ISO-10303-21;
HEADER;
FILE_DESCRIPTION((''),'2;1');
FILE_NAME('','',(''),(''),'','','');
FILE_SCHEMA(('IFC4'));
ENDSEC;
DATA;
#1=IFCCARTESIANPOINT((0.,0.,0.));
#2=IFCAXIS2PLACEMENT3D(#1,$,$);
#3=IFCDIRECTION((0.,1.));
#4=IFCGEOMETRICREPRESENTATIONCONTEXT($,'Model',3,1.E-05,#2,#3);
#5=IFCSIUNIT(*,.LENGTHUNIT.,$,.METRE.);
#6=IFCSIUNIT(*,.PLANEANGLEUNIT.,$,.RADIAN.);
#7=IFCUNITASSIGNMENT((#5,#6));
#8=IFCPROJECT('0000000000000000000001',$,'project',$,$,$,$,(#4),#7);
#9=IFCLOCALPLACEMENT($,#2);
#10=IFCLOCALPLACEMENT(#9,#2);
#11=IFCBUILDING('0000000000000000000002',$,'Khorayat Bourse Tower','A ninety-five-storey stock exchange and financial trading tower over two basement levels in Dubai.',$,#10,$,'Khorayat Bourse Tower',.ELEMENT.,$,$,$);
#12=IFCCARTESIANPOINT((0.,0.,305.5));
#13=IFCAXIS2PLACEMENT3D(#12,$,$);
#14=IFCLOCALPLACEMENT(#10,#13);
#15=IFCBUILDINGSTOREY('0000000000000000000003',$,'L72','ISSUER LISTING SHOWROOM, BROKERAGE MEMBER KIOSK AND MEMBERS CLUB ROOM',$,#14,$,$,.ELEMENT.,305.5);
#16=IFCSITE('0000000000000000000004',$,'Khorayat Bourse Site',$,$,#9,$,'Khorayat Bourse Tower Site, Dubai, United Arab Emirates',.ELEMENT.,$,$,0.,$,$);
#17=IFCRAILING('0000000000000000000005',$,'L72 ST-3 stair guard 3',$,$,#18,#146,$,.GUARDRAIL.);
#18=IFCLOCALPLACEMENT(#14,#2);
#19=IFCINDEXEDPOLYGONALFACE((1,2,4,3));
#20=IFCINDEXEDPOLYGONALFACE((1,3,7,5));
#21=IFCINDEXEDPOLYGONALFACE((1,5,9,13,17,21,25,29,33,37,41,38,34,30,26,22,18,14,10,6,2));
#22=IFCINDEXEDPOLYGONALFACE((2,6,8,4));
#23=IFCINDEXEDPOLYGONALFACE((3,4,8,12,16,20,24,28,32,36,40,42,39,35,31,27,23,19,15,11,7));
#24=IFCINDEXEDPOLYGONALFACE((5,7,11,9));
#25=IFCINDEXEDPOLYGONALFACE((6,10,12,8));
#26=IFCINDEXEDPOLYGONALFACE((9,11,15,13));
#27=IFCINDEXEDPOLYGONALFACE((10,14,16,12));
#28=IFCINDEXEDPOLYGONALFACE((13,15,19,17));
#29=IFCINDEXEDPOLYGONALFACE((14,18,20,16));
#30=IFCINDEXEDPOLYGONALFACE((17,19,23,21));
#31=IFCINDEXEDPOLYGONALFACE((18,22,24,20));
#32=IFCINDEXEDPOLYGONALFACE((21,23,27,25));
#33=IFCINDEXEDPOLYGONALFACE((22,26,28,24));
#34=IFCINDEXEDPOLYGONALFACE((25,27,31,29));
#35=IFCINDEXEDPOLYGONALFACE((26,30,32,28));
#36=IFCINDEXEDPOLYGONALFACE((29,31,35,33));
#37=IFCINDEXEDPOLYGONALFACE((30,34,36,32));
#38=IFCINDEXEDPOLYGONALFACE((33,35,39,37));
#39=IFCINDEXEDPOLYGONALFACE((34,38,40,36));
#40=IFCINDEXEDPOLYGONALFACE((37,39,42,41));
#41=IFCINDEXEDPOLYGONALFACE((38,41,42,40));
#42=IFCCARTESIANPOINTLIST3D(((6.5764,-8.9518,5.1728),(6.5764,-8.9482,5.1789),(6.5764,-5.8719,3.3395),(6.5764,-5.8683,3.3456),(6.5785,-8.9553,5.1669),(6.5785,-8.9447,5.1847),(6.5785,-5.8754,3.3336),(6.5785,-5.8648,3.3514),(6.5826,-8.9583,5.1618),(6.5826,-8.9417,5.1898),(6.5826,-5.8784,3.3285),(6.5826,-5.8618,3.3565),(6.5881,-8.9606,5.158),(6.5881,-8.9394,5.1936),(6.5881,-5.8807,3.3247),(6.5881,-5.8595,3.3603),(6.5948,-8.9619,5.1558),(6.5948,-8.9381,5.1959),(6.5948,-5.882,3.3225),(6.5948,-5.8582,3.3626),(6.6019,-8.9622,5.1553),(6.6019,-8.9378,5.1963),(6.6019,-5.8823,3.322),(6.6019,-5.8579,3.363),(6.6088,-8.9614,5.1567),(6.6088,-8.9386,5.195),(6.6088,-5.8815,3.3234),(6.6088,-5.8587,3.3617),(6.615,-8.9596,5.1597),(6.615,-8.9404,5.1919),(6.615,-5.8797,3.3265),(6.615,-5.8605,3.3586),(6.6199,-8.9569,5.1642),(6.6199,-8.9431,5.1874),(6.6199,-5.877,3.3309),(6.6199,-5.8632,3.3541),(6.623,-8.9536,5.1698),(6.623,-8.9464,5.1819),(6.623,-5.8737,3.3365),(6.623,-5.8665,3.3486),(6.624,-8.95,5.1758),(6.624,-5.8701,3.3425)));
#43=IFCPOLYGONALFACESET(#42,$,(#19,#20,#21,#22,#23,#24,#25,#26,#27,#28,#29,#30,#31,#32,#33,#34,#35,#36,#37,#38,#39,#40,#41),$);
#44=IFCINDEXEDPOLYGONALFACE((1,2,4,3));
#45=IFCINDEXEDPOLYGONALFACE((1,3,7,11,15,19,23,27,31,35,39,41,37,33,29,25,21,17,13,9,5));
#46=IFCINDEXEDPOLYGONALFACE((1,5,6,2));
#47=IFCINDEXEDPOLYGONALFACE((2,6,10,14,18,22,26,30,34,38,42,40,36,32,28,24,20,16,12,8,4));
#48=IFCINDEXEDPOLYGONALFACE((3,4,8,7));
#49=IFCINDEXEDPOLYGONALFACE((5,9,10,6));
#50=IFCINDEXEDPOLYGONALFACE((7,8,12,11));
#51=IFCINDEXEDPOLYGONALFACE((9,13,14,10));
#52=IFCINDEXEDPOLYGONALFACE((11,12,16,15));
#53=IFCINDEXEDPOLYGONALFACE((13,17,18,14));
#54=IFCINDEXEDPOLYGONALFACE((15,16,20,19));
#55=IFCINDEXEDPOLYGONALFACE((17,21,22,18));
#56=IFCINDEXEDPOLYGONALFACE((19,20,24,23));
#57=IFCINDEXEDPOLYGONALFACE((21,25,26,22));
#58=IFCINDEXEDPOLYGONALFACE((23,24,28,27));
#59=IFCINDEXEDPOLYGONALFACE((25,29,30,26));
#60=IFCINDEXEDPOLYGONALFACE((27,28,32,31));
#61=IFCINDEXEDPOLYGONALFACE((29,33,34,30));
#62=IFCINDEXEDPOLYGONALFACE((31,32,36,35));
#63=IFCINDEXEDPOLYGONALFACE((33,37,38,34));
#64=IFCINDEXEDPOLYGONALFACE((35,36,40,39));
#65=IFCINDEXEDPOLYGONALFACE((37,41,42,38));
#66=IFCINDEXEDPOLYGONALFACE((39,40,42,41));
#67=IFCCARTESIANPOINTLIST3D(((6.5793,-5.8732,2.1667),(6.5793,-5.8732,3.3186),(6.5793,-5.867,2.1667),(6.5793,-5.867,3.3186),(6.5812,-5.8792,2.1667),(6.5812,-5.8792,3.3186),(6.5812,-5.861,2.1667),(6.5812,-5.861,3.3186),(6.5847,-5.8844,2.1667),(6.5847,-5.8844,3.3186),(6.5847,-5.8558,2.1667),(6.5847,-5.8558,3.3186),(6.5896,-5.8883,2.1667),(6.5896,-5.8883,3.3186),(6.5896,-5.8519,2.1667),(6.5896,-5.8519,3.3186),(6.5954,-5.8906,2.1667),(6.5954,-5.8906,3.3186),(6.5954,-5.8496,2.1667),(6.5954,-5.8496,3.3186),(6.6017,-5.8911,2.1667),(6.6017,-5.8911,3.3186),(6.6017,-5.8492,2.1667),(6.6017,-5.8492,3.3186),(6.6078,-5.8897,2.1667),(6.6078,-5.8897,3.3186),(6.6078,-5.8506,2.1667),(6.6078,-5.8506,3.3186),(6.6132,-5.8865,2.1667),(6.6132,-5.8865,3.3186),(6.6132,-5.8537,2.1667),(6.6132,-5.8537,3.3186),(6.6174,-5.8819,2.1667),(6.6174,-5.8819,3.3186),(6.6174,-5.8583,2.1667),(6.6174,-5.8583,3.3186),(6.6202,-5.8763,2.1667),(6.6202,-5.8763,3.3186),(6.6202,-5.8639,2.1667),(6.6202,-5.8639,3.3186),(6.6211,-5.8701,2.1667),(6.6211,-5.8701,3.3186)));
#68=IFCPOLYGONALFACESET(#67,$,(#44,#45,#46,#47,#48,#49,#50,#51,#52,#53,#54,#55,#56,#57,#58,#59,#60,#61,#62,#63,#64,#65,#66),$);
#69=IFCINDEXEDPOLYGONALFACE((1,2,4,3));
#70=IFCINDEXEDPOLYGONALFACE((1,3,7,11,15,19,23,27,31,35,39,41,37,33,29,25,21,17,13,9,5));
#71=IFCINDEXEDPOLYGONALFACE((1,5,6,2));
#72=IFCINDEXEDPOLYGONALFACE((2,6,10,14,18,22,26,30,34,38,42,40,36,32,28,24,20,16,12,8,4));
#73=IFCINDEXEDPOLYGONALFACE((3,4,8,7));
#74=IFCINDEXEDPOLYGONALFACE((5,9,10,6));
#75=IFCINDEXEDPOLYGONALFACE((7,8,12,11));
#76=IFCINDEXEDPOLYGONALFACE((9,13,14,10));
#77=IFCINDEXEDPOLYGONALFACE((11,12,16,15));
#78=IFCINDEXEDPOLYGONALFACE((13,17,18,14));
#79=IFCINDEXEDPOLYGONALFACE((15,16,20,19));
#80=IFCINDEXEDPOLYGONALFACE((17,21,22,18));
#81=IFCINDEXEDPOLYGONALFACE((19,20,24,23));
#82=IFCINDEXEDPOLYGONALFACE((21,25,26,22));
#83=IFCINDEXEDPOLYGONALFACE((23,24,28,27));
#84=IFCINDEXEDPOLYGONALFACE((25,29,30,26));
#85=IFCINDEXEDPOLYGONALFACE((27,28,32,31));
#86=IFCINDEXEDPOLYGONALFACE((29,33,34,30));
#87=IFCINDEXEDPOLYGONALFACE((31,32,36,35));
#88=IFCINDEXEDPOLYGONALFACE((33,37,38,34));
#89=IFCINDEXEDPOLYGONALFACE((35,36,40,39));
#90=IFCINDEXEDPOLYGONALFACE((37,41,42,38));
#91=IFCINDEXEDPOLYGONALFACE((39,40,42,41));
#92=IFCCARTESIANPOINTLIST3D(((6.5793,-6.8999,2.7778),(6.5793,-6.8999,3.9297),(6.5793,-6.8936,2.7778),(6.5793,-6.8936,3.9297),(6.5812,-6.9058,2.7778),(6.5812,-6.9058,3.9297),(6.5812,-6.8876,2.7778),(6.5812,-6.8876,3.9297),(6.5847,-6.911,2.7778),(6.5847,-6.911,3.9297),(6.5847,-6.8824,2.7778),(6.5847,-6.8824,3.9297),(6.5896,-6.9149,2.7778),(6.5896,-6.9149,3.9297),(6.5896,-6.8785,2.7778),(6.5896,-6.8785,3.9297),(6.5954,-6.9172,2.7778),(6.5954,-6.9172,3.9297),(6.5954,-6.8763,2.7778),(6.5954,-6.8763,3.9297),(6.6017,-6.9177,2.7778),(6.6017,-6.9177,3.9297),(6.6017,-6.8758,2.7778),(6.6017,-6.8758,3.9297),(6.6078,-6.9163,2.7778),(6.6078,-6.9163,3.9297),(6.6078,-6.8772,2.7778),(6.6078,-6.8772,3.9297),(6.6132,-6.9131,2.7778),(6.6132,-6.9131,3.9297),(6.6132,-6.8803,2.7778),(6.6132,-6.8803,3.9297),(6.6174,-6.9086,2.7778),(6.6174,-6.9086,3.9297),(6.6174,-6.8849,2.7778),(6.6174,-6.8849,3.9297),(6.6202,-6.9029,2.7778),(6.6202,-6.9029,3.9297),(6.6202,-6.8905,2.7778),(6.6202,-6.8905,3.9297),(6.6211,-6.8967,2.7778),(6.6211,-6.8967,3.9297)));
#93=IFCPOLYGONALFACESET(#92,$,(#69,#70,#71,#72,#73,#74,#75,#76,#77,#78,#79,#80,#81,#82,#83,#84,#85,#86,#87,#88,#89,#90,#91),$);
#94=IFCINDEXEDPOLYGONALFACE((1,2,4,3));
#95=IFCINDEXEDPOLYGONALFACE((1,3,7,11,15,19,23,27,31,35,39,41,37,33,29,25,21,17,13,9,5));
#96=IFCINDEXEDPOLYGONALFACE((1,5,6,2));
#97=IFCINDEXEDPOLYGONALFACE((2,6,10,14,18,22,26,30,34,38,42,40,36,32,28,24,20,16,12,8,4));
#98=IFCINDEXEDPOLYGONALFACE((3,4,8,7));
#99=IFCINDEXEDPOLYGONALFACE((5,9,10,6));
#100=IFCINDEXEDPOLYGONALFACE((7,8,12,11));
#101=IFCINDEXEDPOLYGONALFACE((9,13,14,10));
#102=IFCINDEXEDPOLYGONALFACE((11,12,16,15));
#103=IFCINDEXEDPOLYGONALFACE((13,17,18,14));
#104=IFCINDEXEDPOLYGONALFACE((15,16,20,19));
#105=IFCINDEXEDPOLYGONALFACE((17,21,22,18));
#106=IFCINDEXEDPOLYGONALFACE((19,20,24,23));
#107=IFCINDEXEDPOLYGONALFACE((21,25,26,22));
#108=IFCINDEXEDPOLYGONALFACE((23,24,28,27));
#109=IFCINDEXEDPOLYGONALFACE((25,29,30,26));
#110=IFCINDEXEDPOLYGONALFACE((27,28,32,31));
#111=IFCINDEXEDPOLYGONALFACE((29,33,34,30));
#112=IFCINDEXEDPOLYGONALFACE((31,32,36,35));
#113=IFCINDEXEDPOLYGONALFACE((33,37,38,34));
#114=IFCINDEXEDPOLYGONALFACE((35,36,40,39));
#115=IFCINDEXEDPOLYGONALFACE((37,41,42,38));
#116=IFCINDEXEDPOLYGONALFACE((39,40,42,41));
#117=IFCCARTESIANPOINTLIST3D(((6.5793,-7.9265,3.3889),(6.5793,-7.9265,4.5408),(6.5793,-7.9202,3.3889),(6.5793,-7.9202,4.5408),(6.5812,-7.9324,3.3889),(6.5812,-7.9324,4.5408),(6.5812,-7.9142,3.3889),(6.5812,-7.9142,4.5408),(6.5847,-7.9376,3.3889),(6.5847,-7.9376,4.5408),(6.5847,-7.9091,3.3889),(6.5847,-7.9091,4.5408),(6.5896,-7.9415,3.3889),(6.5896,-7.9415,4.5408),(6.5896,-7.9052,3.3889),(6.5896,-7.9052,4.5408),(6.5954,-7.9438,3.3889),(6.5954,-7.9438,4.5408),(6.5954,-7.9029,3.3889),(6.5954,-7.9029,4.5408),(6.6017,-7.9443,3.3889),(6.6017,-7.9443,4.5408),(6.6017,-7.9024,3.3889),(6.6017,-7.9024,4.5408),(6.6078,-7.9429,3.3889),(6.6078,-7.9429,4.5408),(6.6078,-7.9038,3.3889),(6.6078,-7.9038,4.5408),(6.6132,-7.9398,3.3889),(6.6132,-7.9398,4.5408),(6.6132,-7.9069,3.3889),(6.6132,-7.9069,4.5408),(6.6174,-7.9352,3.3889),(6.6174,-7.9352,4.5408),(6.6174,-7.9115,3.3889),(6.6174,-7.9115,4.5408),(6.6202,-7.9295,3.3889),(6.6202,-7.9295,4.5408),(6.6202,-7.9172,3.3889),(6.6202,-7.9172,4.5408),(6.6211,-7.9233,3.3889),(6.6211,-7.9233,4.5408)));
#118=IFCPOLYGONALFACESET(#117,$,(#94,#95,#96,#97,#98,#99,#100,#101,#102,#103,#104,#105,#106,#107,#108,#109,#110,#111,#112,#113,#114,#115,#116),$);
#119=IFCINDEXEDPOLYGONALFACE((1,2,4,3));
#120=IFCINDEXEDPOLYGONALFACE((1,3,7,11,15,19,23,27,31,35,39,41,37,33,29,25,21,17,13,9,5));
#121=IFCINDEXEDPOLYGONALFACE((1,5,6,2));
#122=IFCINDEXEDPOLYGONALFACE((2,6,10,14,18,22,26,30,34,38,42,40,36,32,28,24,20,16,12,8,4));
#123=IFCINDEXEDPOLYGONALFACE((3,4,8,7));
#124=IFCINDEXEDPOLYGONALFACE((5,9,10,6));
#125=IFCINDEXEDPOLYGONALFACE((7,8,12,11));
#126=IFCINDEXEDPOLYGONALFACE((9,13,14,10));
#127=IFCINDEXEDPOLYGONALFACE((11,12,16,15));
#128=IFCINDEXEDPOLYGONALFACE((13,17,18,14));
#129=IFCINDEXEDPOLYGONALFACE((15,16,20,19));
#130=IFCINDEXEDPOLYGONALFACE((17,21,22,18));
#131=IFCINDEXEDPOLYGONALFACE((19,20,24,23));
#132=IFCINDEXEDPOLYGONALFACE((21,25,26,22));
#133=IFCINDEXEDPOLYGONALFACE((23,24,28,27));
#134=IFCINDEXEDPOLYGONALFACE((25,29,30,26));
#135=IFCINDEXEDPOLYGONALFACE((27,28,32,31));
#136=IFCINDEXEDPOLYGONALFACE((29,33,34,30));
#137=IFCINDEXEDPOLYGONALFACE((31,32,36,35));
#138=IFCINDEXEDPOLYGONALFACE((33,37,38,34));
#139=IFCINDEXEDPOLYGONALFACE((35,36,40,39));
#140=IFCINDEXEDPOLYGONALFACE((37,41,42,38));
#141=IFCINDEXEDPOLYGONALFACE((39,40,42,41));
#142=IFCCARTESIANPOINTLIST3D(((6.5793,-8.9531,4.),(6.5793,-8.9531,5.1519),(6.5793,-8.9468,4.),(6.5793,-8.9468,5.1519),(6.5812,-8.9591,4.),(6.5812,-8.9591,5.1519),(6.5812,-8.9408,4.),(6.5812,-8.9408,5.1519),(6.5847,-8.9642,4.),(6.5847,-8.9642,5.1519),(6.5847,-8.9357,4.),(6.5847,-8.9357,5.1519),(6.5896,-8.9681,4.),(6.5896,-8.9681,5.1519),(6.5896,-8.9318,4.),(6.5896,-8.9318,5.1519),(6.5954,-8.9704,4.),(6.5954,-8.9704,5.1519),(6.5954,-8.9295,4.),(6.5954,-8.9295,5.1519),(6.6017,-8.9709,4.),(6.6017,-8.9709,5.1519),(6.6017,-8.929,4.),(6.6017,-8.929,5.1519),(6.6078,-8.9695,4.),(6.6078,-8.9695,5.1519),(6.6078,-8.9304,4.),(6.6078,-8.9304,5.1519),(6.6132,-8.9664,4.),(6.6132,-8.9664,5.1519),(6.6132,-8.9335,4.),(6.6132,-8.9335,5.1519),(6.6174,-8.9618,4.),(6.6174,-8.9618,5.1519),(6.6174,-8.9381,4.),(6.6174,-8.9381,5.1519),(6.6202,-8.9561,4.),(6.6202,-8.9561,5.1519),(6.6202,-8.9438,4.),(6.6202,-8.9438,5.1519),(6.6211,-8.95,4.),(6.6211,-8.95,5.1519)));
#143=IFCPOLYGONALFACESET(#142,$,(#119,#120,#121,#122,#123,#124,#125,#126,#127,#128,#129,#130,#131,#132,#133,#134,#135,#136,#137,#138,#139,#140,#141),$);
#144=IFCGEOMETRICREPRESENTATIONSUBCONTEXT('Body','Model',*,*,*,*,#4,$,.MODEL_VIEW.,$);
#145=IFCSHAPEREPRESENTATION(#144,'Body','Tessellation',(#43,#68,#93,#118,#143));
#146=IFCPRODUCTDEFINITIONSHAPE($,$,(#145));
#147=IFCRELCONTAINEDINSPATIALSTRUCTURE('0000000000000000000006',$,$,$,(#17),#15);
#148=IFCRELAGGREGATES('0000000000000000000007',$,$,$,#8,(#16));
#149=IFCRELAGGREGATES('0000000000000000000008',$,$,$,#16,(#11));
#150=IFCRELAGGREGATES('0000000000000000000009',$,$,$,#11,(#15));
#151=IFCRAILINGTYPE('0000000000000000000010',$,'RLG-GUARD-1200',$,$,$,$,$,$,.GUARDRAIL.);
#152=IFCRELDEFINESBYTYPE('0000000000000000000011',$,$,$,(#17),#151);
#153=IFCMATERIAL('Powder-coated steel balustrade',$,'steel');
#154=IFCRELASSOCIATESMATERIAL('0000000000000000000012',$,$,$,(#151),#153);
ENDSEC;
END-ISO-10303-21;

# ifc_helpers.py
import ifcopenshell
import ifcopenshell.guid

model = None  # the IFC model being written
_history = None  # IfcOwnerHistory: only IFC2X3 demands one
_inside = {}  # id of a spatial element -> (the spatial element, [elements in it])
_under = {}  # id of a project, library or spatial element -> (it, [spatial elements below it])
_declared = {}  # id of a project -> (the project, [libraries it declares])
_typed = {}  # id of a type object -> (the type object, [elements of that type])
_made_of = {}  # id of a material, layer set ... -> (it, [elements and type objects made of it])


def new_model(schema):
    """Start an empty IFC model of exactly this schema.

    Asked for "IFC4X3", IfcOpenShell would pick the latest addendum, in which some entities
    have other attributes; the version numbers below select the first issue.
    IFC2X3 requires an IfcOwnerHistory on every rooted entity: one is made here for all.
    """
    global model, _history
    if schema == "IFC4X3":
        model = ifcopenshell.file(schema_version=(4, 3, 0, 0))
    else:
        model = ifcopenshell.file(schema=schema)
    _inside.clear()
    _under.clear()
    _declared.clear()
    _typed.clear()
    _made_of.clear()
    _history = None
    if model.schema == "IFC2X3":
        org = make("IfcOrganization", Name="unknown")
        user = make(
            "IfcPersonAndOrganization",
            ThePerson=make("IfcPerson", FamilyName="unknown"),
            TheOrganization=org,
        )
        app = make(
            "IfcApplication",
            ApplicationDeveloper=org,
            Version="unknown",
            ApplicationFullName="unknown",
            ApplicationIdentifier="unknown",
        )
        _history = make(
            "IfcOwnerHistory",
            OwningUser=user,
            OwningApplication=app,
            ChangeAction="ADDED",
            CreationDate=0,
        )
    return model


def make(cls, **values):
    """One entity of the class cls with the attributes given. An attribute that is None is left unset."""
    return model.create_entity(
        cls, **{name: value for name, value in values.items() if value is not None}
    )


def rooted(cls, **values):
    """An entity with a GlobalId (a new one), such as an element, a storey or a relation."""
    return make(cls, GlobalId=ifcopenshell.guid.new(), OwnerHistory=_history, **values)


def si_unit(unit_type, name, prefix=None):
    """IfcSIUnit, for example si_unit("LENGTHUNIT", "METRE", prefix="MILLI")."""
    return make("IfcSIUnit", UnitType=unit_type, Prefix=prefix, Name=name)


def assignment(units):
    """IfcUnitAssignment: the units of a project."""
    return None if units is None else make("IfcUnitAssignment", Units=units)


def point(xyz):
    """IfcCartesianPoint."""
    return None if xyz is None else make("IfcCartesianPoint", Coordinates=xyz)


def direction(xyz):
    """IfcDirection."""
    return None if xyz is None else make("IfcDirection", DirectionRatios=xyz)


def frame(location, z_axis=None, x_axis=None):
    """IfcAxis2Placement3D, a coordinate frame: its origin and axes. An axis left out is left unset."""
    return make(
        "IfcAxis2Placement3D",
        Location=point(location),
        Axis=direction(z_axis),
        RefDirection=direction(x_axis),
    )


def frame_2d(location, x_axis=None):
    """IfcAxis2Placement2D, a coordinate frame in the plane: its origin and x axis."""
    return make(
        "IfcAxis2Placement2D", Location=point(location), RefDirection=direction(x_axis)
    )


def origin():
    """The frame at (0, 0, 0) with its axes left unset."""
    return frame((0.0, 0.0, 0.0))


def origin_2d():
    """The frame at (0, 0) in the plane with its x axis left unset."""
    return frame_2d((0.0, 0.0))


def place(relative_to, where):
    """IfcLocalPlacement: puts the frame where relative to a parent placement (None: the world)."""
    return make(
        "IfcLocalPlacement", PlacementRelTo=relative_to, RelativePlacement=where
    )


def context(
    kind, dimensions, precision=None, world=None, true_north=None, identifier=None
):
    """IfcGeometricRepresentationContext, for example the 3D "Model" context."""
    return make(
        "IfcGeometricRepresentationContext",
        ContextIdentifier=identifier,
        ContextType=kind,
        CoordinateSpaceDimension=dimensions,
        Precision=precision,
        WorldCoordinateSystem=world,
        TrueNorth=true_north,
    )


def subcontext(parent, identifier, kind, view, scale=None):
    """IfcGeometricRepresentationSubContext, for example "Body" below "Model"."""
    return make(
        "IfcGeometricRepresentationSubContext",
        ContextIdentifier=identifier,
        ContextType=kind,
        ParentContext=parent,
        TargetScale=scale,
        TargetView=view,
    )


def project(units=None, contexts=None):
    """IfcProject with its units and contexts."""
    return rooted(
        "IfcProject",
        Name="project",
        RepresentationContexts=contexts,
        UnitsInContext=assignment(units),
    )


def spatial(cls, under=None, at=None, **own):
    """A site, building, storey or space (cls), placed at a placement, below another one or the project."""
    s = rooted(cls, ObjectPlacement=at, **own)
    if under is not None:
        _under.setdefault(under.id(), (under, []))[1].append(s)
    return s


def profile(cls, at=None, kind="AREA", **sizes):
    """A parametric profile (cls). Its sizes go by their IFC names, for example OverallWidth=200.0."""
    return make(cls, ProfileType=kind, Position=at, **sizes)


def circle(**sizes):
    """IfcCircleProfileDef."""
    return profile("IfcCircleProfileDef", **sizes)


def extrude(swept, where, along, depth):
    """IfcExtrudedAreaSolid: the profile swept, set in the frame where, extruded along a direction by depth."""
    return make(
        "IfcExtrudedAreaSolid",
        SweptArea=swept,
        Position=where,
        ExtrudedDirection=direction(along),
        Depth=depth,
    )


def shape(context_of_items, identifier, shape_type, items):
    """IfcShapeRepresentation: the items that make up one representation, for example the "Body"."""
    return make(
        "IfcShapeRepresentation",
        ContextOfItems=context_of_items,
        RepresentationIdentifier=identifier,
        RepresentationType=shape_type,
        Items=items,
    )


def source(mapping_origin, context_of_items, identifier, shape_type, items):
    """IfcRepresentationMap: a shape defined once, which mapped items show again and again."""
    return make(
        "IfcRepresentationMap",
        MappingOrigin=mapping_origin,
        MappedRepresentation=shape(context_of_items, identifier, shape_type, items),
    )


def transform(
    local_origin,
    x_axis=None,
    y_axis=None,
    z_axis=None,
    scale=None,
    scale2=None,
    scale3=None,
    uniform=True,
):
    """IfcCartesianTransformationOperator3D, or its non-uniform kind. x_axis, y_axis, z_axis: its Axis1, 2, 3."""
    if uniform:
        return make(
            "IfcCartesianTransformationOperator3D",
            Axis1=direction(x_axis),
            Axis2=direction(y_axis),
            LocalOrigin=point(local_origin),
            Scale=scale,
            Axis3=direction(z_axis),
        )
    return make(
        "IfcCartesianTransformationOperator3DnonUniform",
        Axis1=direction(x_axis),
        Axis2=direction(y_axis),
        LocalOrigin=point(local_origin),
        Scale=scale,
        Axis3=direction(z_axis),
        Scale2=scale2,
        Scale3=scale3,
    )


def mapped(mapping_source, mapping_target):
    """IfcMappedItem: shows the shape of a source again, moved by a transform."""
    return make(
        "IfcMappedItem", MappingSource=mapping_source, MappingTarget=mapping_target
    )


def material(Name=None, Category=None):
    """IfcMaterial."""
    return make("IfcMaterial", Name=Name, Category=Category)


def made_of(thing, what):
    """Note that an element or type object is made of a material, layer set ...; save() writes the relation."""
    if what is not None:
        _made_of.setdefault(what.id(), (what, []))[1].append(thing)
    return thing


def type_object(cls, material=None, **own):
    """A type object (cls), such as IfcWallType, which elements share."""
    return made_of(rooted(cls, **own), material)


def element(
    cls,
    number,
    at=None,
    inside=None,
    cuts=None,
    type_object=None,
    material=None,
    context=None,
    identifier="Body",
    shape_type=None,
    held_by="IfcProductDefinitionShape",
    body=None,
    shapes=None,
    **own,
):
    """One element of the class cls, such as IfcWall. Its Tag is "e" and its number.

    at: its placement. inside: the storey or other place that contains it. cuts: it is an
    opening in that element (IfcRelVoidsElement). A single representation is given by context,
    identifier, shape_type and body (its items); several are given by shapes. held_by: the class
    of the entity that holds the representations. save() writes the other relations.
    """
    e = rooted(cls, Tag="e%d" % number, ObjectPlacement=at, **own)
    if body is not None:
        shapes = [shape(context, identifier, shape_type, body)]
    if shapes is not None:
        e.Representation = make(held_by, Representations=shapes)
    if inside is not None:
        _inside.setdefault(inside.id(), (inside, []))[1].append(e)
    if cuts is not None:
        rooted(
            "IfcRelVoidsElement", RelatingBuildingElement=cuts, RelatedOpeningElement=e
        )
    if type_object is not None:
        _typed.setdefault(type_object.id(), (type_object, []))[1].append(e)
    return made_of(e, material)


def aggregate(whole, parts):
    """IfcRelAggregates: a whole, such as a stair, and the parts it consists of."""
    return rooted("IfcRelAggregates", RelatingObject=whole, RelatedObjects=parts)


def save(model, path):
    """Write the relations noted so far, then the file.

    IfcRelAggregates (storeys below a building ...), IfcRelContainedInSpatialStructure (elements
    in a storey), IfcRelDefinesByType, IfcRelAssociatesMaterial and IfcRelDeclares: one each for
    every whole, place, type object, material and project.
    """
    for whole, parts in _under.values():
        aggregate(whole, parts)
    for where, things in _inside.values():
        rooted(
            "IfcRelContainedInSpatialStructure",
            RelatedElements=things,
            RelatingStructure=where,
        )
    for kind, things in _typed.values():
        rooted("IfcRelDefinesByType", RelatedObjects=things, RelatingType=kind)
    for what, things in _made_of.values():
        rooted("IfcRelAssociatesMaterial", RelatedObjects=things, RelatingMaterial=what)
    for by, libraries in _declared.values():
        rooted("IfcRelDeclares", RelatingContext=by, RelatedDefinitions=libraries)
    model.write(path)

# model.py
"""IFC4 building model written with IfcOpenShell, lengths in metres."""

from ifc_helpers import new_model, si_unit, direction, frame, origin, origin_2d, place, context, subcontext, project, spatial, circle, extrude, source, transform, mapped, material, type_object, element, save


model = new_model("IFC4")

# Units and contexts
model_context = context("Model", 3, precision=1e-05, world=origin(), true_north=direction((0.0, 1.0)))
body_context = subcontext(model_context, "Body", "Model", "MODEL_VIEW")
ifc_project = project(units=[si_unit("LENGTHUNIT", "METRE"), si_unit("PLANEANGLEUNIT", "RADIAN")], contexts=[model_context])

# Site, building, storey
site_placement = place(None, origin())
site = spatial("IfcSite", under=ifc_project, at=site_placement, Name="Khorayat Bourse Site", LongName="Khorayat Bourse Tower Site, Dubai, United Arab Emirates", CompositionType="ELEMENT", RefElevation=0.0)
building_placement = place(site_placement, origin())
building = spatial("IfcBuilding", under=site, at=building_placement, Name="Khorayat Bourse Tower", Description="A ninety-five-storey stock exchange and financial trading tower over two basement levels in Dubai.", LongName="Khorayat Bourse Tower", CompositionType="ELEMENT")
storey_placement = place(building_placement, frame((0.0, 0.0, 305.5)))
storey = spatial("IfcBuildingStorey", under=building, at=storey_placement, Name="L72", Description="ISSUER LISTING SHOWROOM, BROKERAGE MEMBER KIOSK AND MEMBERS CLUB ROOM", CompositionType="ELEMENT", Elevation=305.5)

# Railing
ifc_material_1 = material(Name="Powder-coated steel balustrade", Category="steel")
railing_type_1 = type_object("IfcRailingType", Name="RLG-GUARD-1200", PredefinedType="GUARDRAIL", material=ifc_material_1)
shared_shape_1 = source(origin(), body_context, "Body", "SweptSolid", [
    extrude(circle(Radius=0.0239, at=origin_2d()), frame((0.0, 0.0, 1.1758), z_axis=(0.0, -0.859291, 0.511487), x_axis=(1.0, 0.0, 0.0)), (0.0, 0.0, 1.0), 3.5842),
    extrude(circle(Radius=0.021, at=origin_2d()), origin(), (0.0, 0.0, 1.0), 1.1519),
    extrude(circle(Radius=0.021, at=origin_2d()), frame((0.0, -1.0266, 0.6111)), (0.0, 0.0, 1.0), 1.1519),
    extrude(circle(Radius=0.021, at=origin_2d()), frame((0.0, -2.0532, 1.2222)), (0.0, 0.0, 1.0), 1.1519),
    extrude(circle(Radius=0.021, at=origin_2d()), frame((0.0, -3.0798, 1.8333)), (0.0, 0.0, 1.0), 1.1519),
])
railing_1_placement = place(storey_placement, frame((6.6001, -5.8701, 2.1667)))
element("IfcRailing", 1, at=railing_1_placement, inside=storey, type_object=railing_type_1, Name="L72 ST-3 stair guard 3", PredefinedType="GUARDRAIL", context=body_context, shape_type="MappedRepresentation", body=[
    mapped(shared_shape_1, transform((0.0, 0.0, 0.0), scale=1.0)),
])

save(model, "model.ifc")
